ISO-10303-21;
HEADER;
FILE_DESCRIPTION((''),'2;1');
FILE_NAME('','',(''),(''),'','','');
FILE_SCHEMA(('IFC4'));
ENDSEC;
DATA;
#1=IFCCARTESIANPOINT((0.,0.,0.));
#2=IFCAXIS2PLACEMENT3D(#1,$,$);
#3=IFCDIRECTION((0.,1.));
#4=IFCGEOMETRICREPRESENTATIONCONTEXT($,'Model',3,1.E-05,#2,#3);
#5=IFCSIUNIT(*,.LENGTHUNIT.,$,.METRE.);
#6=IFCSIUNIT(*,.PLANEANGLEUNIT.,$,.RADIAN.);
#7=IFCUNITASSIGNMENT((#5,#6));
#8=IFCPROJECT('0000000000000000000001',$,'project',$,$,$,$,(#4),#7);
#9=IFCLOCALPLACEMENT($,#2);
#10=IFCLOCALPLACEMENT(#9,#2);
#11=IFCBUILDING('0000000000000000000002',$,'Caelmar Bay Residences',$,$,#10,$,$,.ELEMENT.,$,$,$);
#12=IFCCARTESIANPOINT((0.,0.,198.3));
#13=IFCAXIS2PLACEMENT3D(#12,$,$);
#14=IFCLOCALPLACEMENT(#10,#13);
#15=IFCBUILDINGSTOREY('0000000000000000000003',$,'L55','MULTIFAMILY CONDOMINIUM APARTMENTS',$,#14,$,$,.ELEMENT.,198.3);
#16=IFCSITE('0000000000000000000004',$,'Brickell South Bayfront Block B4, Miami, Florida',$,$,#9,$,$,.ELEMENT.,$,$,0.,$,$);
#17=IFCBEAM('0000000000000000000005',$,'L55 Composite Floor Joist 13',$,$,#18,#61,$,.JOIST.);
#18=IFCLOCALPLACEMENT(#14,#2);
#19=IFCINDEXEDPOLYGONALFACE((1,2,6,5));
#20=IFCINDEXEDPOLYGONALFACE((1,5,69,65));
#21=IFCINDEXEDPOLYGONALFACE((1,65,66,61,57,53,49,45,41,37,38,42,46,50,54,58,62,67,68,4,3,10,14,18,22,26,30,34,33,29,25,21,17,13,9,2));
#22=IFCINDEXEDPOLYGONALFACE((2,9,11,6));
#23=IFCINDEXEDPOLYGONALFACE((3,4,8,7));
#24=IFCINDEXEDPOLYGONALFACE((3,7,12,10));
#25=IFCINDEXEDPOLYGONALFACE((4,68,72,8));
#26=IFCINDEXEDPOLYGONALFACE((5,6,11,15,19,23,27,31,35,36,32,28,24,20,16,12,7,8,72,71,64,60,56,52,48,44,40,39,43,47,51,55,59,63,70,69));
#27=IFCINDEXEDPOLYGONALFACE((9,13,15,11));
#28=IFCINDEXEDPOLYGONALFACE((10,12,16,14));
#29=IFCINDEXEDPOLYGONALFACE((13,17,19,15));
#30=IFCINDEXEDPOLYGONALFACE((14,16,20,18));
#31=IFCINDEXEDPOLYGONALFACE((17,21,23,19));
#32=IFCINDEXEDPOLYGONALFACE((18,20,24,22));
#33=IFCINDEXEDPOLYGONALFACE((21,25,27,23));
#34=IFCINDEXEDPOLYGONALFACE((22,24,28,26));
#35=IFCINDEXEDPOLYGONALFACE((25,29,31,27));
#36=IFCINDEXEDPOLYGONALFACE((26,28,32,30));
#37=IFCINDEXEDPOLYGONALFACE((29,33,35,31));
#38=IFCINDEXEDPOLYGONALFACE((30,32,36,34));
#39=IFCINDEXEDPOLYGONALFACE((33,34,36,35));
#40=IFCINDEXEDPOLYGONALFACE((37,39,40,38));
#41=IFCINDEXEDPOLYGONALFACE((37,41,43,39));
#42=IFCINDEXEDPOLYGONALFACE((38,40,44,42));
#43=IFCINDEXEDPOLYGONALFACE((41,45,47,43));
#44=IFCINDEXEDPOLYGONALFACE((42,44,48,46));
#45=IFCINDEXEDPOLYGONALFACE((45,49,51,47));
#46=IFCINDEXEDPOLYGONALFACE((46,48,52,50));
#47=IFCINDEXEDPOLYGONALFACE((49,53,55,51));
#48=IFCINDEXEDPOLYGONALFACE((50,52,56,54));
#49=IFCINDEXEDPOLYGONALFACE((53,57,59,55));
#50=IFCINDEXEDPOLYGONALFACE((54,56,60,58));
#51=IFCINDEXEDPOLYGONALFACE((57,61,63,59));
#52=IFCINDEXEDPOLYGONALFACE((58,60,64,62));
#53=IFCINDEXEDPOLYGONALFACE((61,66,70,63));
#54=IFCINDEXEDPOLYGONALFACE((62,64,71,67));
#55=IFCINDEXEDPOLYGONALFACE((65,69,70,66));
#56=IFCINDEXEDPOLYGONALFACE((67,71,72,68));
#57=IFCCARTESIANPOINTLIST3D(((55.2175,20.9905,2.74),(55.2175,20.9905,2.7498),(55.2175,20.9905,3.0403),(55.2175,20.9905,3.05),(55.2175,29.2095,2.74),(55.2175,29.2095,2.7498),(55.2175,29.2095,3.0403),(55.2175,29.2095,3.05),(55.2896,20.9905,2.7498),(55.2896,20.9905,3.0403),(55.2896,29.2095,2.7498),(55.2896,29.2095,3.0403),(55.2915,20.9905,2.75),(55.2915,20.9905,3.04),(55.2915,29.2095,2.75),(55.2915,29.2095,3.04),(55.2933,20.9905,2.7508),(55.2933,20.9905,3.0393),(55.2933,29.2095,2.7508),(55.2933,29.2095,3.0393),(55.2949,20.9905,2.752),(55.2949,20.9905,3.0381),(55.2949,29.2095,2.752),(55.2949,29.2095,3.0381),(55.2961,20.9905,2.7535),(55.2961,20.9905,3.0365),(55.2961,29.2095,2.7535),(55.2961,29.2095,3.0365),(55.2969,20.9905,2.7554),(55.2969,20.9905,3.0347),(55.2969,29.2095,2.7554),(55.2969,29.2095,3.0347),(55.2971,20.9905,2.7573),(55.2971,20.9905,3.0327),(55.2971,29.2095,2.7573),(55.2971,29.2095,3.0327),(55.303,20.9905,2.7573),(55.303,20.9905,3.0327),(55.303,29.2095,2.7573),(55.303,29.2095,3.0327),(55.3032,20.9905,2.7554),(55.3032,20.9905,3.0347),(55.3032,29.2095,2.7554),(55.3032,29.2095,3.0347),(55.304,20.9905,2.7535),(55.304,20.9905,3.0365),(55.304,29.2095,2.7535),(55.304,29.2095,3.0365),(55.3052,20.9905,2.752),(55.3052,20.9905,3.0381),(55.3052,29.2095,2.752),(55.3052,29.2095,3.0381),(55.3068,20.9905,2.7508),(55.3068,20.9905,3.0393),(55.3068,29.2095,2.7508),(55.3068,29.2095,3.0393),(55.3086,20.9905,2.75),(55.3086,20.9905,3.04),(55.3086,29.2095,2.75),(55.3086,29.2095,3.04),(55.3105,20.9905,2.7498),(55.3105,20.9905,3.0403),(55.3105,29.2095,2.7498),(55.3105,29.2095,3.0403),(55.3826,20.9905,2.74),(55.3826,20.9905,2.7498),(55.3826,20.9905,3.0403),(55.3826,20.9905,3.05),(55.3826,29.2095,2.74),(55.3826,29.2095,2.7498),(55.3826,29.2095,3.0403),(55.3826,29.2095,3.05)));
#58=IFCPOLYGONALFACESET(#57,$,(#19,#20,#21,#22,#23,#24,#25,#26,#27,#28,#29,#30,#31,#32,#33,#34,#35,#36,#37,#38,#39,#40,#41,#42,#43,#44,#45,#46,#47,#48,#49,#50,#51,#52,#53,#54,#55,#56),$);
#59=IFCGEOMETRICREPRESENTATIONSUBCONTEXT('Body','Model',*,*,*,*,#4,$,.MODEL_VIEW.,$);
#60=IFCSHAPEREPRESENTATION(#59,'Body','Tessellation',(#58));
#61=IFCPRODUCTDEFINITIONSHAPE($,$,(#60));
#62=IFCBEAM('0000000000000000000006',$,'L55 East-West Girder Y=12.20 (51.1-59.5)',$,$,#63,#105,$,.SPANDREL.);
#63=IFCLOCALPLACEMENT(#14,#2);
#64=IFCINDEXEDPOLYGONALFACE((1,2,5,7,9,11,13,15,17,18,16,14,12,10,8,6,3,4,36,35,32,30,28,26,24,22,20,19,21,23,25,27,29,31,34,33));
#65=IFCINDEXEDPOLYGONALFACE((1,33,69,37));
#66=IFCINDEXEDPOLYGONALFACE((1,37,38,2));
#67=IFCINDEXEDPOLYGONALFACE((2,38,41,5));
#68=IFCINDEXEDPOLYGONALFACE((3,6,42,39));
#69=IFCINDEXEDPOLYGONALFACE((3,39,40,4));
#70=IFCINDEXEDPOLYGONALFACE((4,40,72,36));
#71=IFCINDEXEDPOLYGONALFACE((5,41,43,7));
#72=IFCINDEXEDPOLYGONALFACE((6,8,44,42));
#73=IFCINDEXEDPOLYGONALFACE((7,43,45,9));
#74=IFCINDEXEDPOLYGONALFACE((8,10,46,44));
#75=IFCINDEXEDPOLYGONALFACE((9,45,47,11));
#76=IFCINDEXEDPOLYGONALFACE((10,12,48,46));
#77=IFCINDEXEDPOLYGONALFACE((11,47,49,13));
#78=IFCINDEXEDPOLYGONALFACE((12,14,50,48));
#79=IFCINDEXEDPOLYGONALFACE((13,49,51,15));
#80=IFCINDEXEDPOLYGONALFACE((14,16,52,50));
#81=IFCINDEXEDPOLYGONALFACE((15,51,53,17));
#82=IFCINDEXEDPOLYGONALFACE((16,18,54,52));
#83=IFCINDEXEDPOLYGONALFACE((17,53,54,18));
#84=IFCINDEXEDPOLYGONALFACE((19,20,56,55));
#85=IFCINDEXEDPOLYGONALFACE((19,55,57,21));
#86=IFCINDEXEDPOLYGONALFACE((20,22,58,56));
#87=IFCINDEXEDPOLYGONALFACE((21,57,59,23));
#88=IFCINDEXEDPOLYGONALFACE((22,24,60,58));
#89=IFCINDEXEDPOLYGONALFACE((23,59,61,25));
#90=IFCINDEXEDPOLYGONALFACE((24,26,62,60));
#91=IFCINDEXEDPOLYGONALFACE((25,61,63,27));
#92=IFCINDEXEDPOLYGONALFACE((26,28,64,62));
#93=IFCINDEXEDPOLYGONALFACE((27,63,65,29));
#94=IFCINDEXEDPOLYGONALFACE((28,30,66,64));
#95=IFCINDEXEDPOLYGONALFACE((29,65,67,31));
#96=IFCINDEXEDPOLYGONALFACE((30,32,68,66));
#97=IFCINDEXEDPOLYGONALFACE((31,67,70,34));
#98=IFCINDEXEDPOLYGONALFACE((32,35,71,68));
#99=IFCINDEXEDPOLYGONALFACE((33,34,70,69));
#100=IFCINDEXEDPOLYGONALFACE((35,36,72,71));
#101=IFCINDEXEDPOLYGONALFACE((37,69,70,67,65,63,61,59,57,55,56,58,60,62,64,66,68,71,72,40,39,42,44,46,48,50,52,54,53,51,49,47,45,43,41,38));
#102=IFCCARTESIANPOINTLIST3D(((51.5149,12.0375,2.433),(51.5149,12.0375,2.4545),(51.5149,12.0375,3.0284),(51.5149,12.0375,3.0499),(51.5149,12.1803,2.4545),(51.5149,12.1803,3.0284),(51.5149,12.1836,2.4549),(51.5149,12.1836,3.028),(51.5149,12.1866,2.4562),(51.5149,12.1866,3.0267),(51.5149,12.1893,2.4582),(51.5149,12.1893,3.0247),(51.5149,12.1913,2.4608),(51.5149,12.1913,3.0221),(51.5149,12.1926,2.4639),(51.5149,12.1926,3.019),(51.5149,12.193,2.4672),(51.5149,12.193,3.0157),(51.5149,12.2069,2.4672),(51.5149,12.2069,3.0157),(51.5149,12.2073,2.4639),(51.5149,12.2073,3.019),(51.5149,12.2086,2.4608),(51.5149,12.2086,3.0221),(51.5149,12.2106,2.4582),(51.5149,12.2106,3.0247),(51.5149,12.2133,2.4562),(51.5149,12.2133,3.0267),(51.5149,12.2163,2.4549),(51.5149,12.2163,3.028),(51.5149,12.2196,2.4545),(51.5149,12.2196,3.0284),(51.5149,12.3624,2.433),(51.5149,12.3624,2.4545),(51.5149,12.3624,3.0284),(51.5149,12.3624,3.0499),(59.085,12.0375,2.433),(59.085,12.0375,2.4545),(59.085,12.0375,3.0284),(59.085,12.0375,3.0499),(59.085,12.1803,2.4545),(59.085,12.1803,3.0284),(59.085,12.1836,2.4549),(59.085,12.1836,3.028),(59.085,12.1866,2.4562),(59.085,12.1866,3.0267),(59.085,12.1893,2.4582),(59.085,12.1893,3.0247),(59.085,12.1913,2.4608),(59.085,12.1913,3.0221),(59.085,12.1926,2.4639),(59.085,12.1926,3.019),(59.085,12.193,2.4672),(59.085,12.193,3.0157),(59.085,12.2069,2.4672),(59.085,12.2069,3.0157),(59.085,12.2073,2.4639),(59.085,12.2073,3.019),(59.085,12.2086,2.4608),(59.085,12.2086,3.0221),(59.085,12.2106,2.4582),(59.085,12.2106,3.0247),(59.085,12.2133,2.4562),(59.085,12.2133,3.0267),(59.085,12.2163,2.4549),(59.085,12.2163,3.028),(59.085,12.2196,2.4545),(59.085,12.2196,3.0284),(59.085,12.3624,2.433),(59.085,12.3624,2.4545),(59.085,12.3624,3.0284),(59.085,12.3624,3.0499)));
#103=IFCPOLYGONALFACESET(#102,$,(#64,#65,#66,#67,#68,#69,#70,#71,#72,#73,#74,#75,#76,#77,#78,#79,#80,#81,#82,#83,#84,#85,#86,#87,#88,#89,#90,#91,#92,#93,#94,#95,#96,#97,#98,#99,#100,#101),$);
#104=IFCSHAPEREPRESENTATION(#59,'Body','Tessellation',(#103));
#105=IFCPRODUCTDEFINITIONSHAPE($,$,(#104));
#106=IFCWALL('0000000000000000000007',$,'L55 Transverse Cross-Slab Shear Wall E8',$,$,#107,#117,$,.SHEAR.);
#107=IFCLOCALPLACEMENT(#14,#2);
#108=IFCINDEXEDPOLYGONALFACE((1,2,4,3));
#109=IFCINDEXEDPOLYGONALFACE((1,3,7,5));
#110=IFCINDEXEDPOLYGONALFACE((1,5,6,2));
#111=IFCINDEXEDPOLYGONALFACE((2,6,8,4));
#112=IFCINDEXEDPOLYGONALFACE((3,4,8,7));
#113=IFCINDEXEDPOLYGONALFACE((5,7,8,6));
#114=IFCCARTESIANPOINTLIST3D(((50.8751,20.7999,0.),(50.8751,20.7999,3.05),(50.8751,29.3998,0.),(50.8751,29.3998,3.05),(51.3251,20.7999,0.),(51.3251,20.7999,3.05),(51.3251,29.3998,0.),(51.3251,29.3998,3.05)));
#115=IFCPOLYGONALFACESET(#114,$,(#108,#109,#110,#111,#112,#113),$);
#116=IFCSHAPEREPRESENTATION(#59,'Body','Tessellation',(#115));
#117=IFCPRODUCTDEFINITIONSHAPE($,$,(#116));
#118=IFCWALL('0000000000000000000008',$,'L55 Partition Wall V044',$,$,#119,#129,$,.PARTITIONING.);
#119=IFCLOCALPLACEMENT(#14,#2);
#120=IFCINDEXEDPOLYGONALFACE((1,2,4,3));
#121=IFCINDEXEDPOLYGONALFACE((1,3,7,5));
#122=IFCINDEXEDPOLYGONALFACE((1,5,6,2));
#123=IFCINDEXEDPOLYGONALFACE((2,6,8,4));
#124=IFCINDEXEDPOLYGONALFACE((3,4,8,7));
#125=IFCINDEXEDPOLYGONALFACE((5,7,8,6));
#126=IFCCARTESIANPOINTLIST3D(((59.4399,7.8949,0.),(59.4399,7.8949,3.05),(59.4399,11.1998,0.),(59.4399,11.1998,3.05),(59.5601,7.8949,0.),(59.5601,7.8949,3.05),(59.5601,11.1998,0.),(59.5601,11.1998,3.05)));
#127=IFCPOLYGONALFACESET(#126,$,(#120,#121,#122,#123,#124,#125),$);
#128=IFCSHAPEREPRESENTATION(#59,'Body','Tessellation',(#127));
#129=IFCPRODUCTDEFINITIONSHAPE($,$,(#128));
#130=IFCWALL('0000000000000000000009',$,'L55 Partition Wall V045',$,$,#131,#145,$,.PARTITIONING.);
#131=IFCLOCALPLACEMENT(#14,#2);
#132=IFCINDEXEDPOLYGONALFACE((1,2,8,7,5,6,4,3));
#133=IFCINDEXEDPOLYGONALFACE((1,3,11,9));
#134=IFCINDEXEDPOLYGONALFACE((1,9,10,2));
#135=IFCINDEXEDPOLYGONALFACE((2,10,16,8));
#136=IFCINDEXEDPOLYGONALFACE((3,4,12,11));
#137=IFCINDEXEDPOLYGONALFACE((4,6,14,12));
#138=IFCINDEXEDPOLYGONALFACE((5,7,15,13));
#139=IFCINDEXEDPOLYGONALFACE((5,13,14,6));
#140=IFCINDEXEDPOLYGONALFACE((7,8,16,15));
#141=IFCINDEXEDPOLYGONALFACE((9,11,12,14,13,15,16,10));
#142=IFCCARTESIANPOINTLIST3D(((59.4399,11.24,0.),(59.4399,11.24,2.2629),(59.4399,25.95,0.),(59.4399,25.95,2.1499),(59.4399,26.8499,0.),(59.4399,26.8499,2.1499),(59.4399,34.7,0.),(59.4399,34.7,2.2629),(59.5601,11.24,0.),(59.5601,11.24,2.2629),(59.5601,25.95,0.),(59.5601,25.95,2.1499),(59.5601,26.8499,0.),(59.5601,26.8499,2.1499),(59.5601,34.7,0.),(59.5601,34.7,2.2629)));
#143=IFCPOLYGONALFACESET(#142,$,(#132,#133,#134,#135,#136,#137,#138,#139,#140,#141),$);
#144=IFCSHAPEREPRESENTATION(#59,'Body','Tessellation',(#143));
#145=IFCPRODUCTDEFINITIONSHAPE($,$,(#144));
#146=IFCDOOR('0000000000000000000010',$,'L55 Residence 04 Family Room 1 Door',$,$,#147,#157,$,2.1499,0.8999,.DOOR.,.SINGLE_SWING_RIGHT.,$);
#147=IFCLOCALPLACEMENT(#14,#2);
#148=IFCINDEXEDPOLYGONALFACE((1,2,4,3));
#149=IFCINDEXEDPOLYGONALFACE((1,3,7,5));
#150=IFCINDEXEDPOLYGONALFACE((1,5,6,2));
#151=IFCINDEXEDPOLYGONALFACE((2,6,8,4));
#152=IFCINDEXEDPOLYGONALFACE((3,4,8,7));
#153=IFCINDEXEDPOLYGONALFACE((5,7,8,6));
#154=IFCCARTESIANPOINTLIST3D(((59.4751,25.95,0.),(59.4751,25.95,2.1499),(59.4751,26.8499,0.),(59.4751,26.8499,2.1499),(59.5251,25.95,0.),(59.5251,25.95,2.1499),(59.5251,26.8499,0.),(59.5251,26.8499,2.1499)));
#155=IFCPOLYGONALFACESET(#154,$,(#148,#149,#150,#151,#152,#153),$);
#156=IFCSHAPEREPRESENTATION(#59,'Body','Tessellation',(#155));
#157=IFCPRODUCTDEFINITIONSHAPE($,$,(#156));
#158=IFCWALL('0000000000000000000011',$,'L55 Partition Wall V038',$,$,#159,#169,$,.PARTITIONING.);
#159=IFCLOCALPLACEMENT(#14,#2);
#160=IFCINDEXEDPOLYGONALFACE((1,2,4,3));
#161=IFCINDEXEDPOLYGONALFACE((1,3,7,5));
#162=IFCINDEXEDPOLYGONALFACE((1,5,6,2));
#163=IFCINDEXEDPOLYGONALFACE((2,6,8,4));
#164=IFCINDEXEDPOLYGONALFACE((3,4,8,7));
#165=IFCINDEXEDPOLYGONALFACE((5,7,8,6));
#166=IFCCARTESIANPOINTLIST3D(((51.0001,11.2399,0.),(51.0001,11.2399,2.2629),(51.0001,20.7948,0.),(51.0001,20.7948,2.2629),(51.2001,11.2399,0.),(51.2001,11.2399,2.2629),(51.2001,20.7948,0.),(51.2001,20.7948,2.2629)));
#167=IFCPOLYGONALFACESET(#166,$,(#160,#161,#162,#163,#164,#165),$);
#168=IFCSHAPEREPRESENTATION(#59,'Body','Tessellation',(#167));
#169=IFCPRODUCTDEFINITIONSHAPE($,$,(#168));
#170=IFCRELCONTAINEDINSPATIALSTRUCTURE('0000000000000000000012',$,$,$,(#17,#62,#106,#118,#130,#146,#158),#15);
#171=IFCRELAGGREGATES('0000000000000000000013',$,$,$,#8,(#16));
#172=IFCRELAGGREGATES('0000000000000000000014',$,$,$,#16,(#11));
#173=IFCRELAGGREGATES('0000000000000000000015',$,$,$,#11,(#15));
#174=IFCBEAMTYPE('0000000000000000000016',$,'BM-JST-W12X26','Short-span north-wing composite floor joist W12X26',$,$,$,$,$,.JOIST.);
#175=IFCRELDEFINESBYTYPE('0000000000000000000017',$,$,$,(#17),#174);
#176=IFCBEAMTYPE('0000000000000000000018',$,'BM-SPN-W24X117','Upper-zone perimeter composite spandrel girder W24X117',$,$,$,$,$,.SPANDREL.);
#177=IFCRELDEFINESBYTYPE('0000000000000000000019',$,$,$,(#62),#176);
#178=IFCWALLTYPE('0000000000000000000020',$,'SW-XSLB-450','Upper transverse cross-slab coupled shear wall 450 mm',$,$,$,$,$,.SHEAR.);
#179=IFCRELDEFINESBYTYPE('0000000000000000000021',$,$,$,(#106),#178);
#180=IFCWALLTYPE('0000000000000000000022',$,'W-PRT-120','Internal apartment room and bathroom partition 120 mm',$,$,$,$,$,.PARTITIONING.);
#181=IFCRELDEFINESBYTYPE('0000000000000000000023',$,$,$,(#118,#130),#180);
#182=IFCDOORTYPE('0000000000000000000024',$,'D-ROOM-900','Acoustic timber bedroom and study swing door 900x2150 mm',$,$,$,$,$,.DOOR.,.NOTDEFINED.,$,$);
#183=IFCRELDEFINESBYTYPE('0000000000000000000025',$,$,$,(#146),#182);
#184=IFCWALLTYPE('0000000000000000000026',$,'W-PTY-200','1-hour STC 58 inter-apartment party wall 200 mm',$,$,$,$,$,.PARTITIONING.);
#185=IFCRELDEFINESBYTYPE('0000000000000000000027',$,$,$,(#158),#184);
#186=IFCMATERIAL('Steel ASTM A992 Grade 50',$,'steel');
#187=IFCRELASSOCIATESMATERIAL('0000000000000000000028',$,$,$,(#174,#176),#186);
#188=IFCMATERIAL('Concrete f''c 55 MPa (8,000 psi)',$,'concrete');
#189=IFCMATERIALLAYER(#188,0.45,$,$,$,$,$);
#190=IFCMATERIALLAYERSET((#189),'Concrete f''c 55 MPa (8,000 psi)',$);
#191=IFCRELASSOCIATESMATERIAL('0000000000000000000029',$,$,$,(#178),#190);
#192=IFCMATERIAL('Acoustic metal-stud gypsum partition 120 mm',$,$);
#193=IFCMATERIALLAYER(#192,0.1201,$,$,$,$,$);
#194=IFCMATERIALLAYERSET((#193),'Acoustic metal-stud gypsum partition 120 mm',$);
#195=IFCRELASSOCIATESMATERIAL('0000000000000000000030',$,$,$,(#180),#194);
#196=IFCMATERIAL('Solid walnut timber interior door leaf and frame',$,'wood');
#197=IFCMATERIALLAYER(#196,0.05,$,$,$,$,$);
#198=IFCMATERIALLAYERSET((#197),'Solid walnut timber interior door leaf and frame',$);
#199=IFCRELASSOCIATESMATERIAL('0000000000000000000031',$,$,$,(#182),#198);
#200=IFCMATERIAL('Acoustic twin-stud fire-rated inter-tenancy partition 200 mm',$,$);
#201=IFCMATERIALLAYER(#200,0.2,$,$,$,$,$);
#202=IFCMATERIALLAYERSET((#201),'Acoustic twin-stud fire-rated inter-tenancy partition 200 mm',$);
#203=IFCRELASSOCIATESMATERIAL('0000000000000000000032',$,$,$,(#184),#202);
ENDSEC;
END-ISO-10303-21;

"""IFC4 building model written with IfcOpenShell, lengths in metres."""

from ifc_helpers import new_model, si_unit, direction, frame, frame_2d, origin, origin_2d, place, context, subcontext, project, spatial, rectangle, i_section, extrude, material, layer, layer_set, material_profile, profile_set, type_object, element, fill, save


model = new_model("IFC4")

# Units and contexts
model_context = context("Model", 3, precision=1e-05, world=origin(), true_north=direction((0.0, 1.0)))
body_context = subcontext(model_context, "Body", "Model", "MODEL_VIEW")
ifc_project = project(units=[si_unit("LENGTHUNIT", "METRE"), si_unit("PLANEANGLEUNIT", "RADIAN")], contexts=[model_context])

# Site, building, storey
site_placement = place(None, origin())
site = spatial("IfcSite", under=ifc_project, at=site_placement, Name="Brickell South Bayfront Block B4, Miami, Florida", CompositionType="ELEMENT", RefElevation=0.0)
building_placement = place(site_placement, origin())
building = spatial("IfcBuilding", under=site, at=building_placement, Name="Caelmar Bay Residences", CompositionType="ELEMENT")
storey_placement = place(building_placement, frame((0.0, 0.0, 198.3)))
storey = spatial("IfcBuildingStorey", under=building, at=storey_placement, Name="L55", Description="MULTIFAMILY CONDOMINIUM APARTMENTS", CompositionType="ELEMENT", Elevation=198.3)

# Shared definitions
ifc_material_1 = material(Name="Concrete f'c 55 MPa (8,000 psi)", Category="concrete")

# Beams
ifc_material_2 = material(Name="Steel ASTM A992 Grade 50", Category="steel")
ifc_material_profile_1 = material_profile(ifc_material_2, i_section(OverallWidth=0.165, OverallDepth=0.3101, WebThickness=0.0059, FlangeThickness=0.0098, FilletRadius=0.0076, at=origin_2d()), Name="W12X26")
ifc_profile_set_1 = profile_set([ifc_material_profile_1], Name="Steel ASTM A992 Grade 50")
beam_type_1 = type_object("IfcBeamType", Name="BM-JST-W12X26", Description="Short-span north-wing composite floor joist W12X26", PredefinedType="JOIST", material=ifc_profile_set_1)
beam_1_placement = place(storey_placement, frame((55.3, 20.9905, 2.895), z_axis=(0.0, 1.0, 0.0), x_axis=(-1.0, 0.0, 0.0)))
element("IfcBeam", 1, at=beam_1_placement, inside=storey, type_object=beam_type_1, Name="L55 Composite Floor Joist 13", PredefinedType="JOIST", context=body_context, shape_type="SweptSolid", body=[
    extrude(i_section(OverallWidth=0.165, OverallDepth=0.3101, WebThickness=0.0059, FlangeThickness=0.0098, FilletRadius=0.0076, at=origin_2d()), origin(), (0.0, 0.0, 1.0), 8.219),
])
ifc_material_profile_2 = material_profile(ifc_material_2, i_section(OverallWidth=0.325, OverallDepth=0.6169, WebThickness=0.0139, FlangeThickness=0.0215, FilletRadius=0.0127, at=origin_2d()), Name="W24X117")
ifc_profile_set_2 = profile_set([ifc_material_profile_2], Name="Steel ASTM A992 Grade 50")
beam_type_2 = type_object("IfcBeamType", Name="BM-SPN-W24X117", Description="Upper-zone perimeter composite spandrel girder W24X117", PredefinedType="SPANDREL", material=ifc_profile_set_2)
beam_2_placement = place(storey_placement, frame((51.5149, 12.2, 2.7415), z_axis=(1.0, 0.0, 0.0), x_axis=(0.0, 1.0, 0.0)))
element("IfcBeam", 2, at=beam_2_placement, inside=storey, type_object=beam_type_2, Name="L55 East-West Girder Y=12.20 (51.1-59.5)", PredefinedType="SPANDREL", context=body_context, shape_type="SweptSolid", body=[
    extrude(i_section(OverallWidth=0.325, OverallDepth=0.6169, WebThickness=0.0139, FlangeThickness=0.0215, FilletRadius=0.0127, at=origin_2d()), origin(), (0.0, 0.0, 1.0), 7.5701),
])

# Walls
ifc_layer_1 = layer(ifc_material_1, 0.45)
ifc_layer_set_1 = layer_set([ifc_layer_1], Name="Concrete f'c 55 MPa (8,000 psi)")
wall_type_1 = type_object("IfcWallType", Name="SW-XSLB-450", Description="Upper transverse cross-slab coupled shear wall 450 mm", PredefinedType="SHEAR", material=ifc_layer_set_1)
wall_1_placement = place(storey_placement, frame((51.1001, 20.8, 0.0), z_axis=(0.0, 0.0, 1.0), x_axis=(0.0, 1.0, 0.0)))
element("IfcWall", 3, at=wall_1_placement, inside=storey, type_object=wall_type_1, Name="L55 Transverse Cross-Slab Shear Wall E8", PredefinedType="SHEAR", context=body_context, shape_type="SweptSolid", body=[
    extrude(rectangle(XDim=8.5999, YDim=0.45, at=frame_2d((4.2998, 0.0))), origin(), (0.0, 0.0, 1.0), 3.05),
])
ifc_material_3 = material(Name="Acoustic metal-stud gypsum partition 120 mm")
ifc_layer_2 = layer(ifc_material_3, 0.1201)
ifc_layer_set_2 = layer_set([ifc_layer_2], Name="Acoustic metal-stud gypsum partition 120 mm")
wall_type_2 = type_object("IfcWallType", Name="W-PRT-120", Description="Internal apartment room and bathroom partition 120 mm", PredefinedType="PARTITIONING", material=ifc_layer_set_2)
wall_2_placement = place(storey_placement, frame((59.5, 7.895, 0.0), z_axis=(0.0, 0.0, 1.0), x_axis=(0.0, 1.0, 0.0)))
element("IfcWall", 4, at=wall_2_placement, inside=storey, type_object=wall_type_2, Name="L55 Partition Wall V044", PredefinedType="PARTITIONING", context=body_context, shape_type="SweptSolid", body=[
    extrude(rectangle(XDim=3.3049, YDim=0.1201, at=frame_2d((1.6523, 0.0))), origin(), (0.0, 0.0, 1.0), 3.05),
])

# Wall, opening, door
wall_3_placement = place(storey_placement, frame((59.5, 11.24, 0.0), z_axis=(0.0, 0.0, 1.0), x_axis=(0.0, 1.0, 0.0)))
wall_3 = element("IfcWall", 5, at=wall_3_placement, inside=storey, type_object=wall_type_2, Name="L55 Partition Wall V045", PredefinedType="PARTITIONING", context=body_context, shape_type="SweptSolid", body=[
    extrude(rectangle(XDim=23.46, YDim=0.1201, at=frame_2d((11.73, 0.0))), origin(), (0.0, 0.0, 1.0), 2.2629),
])
opening_placement = place(wall_3_placement, frame((14.71, 0.0, 0.0)))
opening = element("IfcOpeningElement", 6, at=opening_placement, cuts=wall_3, PredefinedType="OPENING", context=body_context, shape_type="SweptSolid", body=[
    extrude(rectangle(XDim=0.8999, YDim=2.1499, at=frame_2d((0.45, 1.075))), frame((0.0, 0.0701, 0.0), z_axis=(0.0, -1.0, 0.0), x_axis=(1.0, 0.0, 0.0)), (0.0, 0.0, 1.0), 0.1401),
])
ifc_material_4 = material(Name="Solid walnut timber interior door leaf and frame", Category="wood")
ifc_layer_3 = layer(ifc_material_4, 0.05)
ifc_layer_set_3 = layer_set([ifc_layer_3], Name="Solid walnut timber interior door leaf and frame")
door_type = type_object("IfcDoorType", Name="D-ROOM-900", Description="Acoustic timber bedroom and study swing door 900x2150 mm", OperationType="NOTDEFINED", PredefinedType="DOOR", material=ifc_layer_set_3)
door_placement = place(opening_placement, origin())
door = element("IfcDoor", 7, at=door_placement, inside=storey, type_object=door_type, Name="L55 Residence 04 Family Room 1 Door", OperationType="SINGLE_SWING_RIGHT", OverallHeight=2.1499, OverallWidth=0.8999, PredefinedType="DOOR", context=body_context, shape_type="SweptSolid", body=[
    extrude(rectangle(XDim=0.8999, YDim=2.1499, at=frame_2d((0.45, 1.075))), frame((0.0, 0.0249, 0.0), z_axis=(0.0, -1.0, 0.0), x_axis=(1.0, 0.0, 0.0)), (0.0, 0.0, 1.0), 0.05),
])
fill(opening, door)

# Wall
ifc_material_5 = material(Name="Acoustic twin-stud fire-rated inter-tenancy partition 200 mm")
ifc_layer_4 = layer(ifc_material_5, 0.2)
ifc_layer_set_4 = layer_set([ifc_layer_4], Name="Acoustic twin-stud fire-rated inter-tenancy partition 200 mm")
wall_type_3 = type_object("IfcWallType", Name="W-PTY-200", Description="1-hour STC 58 inter-apartment party wall 200 mm", PredefinedType="PARTITIONING", material=ifc_layer_set_4)
wall_4_placement = place(storey_placement, frame((51.1001, 11.24, 0.0), z_axis=(0.0, 0.0, 1.0), x_axis=(0.0, 1.0, 0.0)))
element("IfcWall", 8, at=wall_4_placement, inside=storey, type_object=wall_type_3, Name="L55 Partition Wall V038", PredefinedType="PARTITIONING", context=body_context, shape_type="SweptSolid", body=[
    extrude(rectangle(XDim=9.5549, YDim=0.2, at=frame_2d((4.7773, 0.0))), origin(), (0.0, 0.0, 1.0), 2.2629),
])

save(model, "model.ifc")
